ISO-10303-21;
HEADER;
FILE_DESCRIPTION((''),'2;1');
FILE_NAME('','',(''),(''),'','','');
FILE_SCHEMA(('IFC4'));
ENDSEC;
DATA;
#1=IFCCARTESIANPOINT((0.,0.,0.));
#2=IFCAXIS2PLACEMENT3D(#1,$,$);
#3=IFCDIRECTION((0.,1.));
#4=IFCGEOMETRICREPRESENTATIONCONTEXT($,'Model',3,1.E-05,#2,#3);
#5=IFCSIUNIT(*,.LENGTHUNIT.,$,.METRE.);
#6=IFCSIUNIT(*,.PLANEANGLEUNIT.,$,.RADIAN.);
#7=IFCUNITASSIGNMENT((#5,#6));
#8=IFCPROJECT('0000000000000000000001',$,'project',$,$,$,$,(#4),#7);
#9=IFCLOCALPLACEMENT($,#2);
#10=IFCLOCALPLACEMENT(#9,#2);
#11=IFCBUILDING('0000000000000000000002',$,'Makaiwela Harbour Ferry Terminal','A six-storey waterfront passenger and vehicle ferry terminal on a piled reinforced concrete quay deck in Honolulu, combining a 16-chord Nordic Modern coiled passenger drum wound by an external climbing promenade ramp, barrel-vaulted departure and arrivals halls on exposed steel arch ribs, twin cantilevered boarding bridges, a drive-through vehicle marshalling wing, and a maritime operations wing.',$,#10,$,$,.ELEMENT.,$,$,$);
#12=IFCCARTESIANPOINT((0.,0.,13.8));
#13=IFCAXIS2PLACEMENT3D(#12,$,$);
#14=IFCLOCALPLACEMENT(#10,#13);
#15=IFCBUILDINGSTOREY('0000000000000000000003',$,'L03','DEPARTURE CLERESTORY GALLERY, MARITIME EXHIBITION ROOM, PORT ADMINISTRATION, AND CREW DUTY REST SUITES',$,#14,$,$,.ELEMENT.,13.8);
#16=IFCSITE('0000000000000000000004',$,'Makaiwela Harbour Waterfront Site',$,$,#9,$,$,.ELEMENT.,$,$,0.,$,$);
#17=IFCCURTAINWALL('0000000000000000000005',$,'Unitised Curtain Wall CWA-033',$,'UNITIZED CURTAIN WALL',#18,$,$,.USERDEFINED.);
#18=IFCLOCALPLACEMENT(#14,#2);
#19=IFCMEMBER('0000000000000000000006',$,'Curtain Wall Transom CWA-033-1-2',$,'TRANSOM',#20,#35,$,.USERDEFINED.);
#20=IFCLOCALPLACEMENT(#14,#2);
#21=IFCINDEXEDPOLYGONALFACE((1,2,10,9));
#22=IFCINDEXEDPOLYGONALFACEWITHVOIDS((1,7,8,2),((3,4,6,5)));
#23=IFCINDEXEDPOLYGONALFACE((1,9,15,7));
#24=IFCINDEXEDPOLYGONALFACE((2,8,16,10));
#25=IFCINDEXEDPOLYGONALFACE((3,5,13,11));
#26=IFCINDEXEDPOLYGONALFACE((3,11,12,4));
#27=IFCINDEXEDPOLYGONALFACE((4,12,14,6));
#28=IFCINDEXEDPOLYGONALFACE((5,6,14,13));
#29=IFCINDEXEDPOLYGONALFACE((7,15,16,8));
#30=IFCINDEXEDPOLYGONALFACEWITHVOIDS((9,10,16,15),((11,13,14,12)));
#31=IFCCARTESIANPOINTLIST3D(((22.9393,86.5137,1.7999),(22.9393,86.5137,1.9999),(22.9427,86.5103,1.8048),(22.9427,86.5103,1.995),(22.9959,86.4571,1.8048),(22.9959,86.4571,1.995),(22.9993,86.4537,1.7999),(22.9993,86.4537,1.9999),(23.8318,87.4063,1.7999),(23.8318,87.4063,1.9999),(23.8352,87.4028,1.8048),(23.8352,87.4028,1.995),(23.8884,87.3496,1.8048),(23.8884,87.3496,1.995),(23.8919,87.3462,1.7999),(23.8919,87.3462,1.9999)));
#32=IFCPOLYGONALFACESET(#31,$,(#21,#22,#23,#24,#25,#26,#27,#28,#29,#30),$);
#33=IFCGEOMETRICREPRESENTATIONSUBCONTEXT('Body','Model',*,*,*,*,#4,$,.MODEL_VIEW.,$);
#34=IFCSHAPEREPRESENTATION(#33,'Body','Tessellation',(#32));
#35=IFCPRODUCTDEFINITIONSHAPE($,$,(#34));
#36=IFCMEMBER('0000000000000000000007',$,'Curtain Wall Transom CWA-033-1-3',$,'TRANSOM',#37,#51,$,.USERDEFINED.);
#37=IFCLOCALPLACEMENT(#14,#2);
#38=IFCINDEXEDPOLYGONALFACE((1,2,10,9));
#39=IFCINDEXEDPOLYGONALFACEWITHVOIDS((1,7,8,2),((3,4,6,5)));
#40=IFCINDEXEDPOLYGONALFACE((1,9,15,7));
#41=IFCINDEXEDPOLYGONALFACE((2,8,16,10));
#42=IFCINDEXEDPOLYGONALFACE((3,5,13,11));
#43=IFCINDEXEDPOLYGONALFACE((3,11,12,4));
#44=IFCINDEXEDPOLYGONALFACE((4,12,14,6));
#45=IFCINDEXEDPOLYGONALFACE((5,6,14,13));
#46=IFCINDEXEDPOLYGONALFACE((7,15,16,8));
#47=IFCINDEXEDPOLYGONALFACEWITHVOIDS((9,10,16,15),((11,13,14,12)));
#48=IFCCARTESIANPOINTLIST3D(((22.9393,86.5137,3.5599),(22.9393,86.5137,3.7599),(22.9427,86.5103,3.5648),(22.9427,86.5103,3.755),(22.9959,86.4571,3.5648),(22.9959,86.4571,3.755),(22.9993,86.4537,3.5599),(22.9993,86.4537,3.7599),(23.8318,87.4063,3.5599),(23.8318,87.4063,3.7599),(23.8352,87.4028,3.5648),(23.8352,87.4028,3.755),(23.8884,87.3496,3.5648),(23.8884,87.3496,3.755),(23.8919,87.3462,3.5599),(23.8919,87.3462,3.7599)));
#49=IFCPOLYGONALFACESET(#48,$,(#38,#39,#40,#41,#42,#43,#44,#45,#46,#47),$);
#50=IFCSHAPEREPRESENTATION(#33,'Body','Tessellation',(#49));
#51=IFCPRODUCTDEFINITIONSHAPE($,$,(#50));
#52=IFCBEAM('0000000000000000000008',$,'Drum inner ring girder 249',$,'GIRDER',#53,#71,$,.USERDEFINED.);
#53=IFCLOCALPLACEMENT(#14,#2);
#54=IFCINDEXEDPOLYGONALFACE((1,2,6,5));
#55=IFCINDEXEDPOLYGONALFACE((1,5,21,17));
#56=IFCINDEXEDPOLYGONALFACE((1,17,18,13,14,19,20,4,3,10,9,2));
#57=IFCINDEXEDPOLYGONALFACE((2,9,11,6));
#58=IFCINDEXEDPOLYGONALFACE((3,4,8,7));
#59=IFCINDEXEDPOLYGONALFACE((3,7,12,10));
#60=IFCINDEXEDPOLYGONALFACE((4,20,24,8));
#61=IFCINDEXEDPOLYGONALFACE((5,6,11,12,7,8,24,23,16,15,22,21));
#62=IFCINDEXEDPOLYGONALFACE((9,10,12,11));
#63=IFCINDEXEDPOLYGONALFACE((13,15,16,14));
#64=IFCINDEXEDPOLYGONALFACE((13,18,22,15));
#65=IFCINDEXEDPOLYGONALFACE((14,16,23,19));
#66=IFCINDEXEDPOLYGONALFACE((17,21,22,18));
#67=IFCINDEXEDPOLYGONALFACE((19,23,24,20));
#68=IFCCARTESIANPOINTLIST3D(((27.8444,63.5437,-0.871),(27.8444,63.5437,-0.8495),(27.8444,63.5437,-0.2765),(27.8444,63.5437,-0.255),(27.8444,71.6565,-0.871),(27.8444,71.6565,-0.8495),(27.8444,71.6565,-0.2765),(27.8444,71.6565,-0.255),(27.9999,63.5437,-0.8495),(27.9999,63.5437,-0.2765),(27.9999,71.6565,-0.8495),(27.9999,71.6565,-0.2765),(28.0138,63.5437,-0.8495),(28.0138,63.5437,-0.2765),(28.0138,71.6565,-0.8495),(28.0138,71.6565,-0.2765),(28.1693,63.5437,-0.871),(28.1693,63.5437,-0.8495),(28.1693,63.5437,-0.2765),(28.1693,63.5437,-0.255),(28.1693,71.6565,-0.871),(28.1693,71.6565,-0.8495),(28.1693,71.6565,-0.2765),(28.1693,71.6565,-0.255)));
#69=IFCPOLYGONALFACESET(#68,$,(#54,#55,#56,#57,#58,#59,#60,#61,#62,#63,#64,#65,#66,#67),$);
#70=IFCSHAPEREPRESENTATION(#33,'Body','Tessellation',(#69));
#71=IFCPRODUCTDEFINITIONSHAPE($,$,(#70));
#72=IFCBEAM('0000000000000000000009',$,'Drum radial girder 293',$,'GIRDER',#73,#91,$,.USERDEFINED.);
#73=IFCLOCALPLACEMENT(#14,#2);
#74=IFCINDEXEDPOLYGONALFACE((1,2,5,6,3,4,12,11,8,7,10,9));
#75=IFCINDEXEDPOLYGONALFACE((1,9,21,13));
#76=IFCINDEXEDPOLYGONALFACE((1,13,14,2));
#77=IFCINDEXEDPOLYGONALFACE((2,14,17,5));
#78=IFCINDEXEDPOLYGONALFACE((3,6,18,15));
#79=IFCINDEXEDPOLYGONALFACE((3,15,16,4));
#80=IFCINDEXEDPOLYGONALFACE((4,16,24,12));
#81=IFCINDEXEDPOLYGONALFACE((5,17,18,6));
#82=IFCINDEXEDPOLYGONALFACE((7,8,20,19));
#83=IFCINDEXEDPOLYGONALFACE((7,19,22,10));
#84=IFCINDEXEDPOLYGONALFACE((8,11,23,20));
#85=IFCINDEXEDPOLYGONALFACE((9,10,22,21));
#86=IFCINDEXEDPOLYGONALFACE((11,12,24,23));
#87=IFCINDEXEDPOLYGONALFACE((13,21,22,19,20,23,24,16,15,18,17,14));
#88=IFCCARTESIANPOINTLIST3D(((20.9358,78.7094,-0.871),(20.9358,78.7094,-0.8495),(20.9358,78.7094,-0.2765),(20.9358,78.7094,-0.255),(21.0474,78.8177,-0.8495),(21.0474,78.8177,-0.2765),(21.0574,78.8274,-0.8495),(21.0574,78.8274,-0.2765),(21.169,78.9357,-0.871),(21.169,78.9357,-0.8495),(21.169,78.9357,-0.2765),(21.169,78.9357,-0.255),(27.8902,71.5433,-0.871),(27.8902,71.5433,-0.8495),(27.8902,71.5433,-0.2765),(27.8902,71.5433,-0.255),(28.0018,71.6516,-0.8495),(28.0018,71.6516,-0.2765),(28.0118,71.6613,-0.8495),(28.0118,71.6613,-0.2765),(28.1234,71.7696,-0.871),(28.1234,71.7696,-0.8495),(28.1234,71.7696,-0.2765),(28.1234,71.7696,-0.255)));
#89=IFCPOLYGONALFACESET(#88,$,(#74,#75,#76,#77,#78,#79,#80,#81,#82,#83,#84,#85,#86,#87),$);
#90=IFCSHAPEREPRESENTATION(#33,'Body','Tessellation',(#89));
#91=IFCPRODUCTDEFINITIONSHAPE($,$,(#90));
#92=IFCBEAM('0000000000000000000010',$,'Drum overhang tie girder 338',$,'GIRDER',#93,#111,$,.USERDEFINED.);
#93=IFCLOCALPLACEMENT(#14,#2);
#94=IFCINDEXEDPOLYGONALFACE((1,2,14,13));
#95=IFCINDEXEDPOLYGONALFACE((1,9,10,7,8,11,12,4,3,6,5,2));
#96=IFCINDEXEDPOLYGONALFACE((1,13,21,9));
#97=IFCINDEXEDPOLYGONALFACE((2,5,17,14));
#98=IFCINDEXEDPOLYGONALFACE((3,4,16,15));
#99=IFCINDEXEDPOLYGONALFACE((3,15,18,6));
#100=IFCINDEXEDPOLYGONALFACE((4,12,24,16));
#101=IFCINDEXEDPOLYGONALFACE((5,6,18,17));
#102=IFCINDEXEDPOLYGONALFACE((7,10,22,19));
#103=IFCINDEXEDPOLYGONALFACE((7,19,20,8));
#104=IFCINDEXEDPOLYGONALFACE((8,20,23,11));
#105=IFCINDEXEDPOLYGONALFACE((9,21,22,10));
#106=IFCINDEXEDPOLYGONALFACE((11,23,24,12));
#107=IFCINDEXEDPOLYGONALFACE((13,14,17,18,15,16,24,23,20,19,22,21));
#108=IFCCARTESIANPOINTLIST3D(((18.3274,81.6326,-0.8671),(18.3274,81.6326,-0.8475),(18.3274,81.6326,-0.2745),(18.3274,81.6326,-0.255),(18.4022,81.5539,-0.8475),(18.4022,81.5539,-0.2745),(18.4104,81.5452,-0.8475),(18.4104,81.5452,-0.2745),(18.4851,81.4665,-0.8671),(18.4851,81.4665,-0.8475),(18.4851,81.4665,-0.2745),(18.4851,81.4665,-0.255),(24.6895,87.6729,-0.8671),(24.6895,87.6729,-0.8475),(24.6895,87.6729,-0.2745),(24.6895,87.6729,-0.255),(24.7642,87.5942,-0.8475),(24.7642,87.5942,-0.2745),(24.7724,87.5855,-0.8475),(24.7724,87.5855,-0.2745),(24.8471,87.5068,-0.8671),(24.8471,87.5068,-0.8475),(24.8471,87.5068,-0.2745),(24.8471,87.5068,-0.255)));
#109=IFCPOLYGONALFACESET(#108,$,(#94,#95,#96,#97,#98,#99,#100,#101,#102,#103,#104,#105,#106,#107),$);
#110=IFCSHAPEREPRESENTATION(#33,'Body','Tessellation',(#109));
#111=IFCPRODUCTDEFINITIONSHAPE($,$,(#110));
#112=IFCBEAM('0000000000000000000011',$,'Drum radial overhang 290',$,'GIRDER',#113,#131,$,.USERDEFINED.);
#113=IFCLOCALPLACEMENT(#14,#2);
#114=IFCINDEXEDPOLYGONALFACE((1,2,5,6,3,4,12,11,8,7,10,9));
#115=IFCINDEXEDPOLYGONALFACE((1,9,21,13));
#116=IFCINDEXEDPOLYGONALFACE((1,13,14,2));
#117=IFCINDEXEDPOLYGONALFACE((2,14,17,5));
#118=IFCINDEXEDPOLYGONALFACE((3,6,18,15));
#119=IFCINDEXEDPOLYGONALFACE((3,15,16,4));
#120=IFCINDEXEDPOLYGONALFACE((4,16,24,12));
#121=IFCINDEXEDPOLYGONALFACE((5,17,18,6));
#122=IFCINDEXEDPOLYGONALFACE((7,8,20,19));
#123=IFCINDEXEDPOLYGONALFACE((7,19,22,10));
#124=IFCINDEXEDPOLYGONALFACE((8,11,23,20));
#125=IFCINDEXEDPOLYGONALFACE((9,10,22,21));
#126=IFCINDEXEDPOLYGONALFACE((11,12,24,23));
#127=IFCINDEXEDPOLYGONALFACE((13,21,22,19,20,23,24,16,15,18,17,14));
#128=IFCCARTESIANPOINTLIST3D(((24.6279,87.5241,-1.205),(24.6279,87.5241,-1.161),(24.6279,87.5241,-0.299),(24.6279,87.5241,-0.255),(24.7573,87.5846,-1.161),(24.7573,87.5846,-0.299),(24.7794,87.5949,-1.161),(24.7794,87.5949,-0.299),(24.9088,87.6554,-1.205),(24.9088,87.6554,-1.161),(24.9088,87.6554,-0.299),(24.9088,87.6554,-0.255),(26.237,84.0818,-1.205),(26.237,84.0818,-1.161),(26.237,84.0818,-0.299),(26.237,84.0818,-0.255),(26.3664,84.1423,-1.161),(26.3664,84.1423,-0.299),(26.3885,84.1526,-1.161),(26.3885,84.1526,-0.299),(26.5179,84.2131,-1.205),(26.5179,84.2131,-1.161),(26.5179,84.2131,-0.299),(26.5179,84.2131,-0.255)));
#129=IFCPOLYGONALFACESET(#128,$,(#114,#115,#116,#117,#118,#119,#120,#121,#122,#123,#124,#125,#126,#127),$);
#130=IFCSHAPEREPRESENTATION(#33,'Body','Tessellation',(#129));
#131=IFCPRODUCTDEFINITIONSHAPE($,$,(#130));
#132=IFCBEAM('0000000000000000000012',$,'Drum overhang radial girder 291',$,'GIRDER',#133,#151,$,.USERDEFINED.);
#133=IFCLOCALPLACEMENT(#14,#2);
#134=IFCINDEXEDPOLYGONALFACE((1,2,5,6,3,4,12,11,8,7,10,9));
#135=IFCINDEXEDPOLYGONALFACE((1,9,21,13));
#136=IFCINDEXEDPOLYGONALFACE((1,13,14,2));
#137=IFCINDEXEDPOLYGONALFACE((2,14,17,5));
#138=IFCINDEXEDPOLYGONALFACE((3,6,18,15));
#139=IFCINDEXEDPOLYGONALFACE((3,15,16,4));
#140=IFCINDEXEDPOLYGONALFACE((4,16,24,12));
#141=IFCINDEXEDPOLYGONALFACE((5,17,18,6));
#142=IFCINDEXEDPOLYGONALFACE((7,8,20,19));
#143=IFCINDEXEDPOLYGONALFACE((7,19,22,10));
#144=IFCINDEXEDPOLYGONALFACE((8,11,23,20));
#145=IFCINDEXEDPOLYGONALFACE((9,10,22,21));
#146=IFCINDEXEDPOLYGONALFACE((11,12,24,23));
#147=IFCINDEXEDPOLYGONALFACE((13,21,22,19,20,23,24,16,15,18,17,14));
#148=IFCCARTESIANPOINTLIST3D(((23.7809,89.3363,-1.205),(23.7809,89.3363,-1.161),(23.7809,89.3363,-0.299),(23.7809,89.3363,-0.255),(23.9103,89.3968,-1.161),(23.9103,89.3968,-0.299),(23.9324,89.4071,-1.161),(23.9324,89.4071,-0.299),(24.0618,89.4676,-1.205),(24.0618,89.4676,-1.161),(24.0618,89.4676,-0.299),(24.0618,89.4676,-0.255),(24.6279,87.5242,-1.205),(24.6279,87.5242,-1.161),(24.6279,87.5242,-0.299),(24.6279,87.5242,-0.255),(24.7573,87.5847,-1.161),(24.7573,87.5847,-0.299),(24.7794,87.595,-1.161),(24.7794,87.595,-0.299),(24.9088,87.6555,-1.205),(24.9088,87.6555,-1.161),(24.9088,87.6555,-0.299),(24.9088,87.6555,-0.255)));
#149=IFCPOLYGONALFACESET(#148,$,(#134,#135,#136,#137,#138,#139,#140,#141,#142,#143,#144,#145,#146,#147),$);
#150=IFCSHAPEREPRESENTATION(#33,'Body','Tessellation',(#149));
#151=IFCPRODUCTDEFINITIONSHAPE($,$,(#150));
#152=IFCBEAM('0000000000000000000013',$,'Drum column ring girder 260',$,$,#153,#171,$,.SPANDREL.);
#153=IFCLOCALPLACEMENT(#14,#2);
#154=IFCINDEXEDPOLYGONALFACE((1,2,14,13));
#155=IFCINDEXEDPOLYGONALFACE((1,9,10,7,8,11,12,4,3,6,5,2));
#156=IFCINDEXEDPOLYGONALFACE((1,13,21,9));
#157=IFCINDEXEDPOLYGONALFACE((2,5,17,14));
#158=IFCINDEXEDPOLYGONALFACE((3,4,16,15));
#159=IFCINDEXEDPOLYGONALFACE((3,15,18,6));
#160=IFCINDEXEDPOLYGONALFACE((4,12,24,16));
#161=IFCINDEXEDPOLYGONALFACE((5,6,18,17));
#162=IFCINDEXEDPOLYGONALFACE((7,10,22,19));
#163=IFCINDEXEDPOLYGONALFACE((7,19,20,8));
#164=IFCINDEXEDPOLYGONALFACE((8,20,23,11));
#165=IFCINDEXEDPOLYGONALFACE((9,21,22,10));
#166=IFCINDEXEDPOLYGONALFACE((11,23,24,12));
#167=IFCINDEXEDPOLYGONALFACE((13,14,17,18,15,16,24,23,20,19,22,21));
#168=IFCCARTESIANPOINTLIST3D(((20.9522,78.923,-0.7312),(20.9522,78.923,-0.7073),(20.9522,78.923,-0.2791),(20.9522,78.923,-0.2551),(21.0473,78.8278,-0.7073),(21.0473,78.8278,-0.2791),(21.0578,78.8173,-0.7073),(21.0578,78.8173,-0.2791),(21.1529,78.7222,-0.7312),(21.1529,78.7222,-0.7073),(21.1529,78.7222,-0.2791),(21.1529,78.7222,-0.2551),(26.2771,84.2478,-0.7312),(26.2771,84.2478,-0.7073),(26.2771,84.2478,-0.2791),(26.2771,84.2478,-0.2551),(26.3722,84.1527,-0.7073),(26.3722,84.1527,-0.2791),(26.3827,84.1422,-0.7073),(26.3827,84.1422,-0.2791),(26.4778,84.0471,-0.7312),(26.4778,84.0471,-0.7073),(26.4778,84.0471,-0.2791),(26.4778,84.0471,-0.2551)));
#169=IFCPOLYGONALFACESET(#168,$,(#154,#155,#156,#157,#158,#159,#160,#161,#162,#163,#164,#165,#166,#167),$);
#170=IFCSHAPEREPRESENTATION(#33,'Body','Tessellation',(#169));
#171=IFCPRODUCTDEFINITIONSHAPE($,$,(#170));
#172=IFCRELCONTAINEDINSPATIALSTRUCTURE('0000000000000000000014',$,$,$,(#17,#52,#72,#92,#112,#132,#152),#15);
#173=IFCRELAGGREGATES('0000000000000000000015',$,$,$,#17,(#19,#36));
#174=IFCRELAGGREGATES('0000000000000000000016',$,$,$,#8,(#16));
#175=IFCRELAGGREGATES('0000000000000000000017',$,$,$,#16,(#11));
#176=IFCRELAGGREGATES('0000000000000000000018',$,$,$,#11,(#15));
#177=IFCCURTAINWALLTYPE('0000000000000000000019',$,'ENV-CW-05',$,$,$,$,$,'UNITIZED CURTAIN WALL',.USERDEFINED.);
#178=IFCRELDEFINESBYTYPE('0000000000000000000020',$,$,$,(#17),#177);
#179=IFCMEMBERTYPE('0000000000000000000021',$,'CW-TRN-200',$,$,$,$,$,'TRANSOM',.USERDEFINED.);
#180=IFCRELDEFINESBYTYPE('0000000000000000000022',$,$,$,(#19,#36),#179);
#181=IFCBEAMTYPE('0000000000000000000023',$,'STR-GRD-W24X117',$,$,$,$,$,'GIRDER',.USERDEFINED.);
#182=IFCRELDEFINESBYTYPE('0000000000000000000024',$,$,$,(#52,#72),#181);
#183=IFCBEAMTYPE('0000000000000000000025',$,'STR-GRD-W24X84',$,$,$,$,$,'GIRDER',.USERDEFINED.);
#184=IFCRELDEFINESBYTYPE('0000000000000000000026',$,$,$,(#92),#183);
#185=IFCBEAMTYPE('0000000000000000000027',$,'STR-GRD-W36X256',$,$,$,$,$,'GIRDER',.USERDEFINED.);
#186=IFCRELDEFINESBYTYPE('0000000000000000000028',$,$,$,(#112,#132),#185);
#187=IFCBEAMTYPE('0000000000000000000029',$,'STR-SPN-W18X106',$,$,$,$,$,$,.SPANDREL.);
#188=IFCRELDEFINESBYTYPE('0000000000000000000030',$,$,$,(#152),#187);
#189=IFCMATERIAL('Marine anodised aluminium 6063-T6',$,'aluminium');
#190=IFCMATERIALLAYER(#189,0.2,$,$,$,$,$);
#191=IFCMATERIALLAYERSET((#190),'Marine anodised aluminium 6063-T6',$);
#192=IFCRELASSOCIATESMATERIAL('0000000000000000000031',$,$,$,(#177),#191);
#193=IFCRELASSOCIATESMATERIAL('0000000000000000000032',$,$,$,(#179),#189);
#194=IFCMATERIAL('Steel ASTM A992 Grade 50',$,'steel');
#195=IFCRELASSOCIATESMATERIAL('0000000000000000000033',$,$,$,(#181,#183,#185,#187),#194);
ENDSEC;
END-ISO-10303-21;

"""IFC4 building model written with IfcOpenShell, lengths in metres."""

from ifc_helpers import new_model, si_unit, direction, frame, origin, origin_2d, place, context, subcontext, project, spatial, hollow_rectangle, i_section, extrude, material, layer, layer_set, material_profile, profile_set, type_object, element, aggregate, save


model = new_model("IFC4")

# Units and contexts
model_context = context("Model", 3, precision=1e-05, world=origin(), true_north=direction((0.0, 1.0)))
body_context = subcontext(model_context, "Body", "Model", "MODEL_VIEW")
ifc_project = project(units=[si_unit("LENGTHUNIT", "METRE"), si_unit("PLANEANGLEUNIT", "RADIAN")], contexts=[model_context])

# Site, building, storey
site_placement = place(None, origin())
site = spatial("IfcSite", under=ifc_project, at=site_placement, Name="Makaiwela Harbour Waterfront Site", CompositionType="ELEMENT", RefElevation=0.0)
building_placement = place(site_placement, origin())
building = spatial("IfcBuilding", under=site, at=building_placement, Name="Makaiwela Harbour Ferry Terminal", Description="A six-storey waterfront passenger and vehicle ferry terminal on a piled reinforced concrete quay deck in Honolulu, combining a 16-chord Nordic Modern coiled passenger drum wound by an external climbing promenade ramp, barrel-vaulted departure and arrivals halls on exposed steel arch ribs, twin cantilevered boarding bridges, a drive-through vehicle marshalling wing, and a maritime operations wing.", CompositionType="ELEMENT")
storey_placement = place(building_placement, frame((0.0, 0.0, 13.8)))
storey = spatial("IfcBuildingStorey", under=building, at=storey_placement, Name="L03", Description="DEPARTURE CLERESTORY GALLERY, MARITIME EXHIBITION ROOM, PORT ADMINISTRATION, AND CREW DUTY REST SUITES", CompositionType="ELEMENT", Elevation=13.8)

# Shared definitions
ifc_material_1 = material(Name="Steel ASTM A992 Grade 50", Category="steel")

# Shared definitions
ifc_material_2 = material(Name="Marine anodised aluminium 6063-T6", Category="aluminium")
ifc_layer_1 = layer(ifc_material_2, 0.2)
ifc_layer_set_1 = layer_set([ifc_layer_1], Name="Marine anodised aluminium 6063-T6")
curtain_wall_type = type_object("IfcCurtainWallType", Name="ENV-CW-05", ElementType="UNITIZED CURTAIN WALL", PredefinedType="USERDEFINED", material=ifc_layer_set_1)

# Curtain wall
curtain_wall_1_placement = place(storey_placement, origin())
curtain_wall_1 = element("IfcCurtainWall", 1, at=curtain_wall_1_placement, inside=storey, type_object=curtain_wall_type, Name="Unitised Curtain Wall CWA-033", ObjectType="UNITIZED CURTAIN WALL", PredefinedType="USERDEFINED")

# Members
ifc_material_profile_1 = material_profile(ifc_material_2, hollow_rectangle(XDim=0.085, YDim=0.2, WallThickness=0.0049, at=origin_2d()), Name="CWT-200X85")
ifc_profile_set_1 = profile_set([ifc_material_profile_1], Name="Marine anodised aluminium 6063-T6")
member_type_1 = type_object("IfcMemberType", Name="CW-TRN-200", ElementType="TRANSOM", PredefinedType="USERDEFINED", material=ifc_profile_set_1)
member_1_placement = place(storey_placement, frame((23.8618, 87.3762, 1.8999), z_axis=(-0.707107, -0.707107, 0.0), x_axis=(0.707107, -0.707107, 0.0)))
member_1 = element("IfcMember", 2, at=member_1_placement, type_object=member_type_1, Name="Curtain Wall Transom CWA-033-1-2", ObjectType="TRANSOM", PredefinedType="USERDEFINED", context=body_context, shape_type="SweptSolid", body=[
    extrude(hollow_rectangle(XDim=0.085, YDim=0.2, WallThickness=0.0049, at=origin_2d()), origin(), (0.0, 0.0, 1.0), 1.2622),
])
member_2_placement = place(storey_placement, frame((23.8618, 87.3762, 3.6599), z_axis=(-0.707107, -0.707107, 0.0), x_axis=(0.707107, -0.707107, 0.0)))
member_2 = element("IfcMember", 3, at=member_2_placement, type_object=member_type_1, Name="Curtain Wall Transom CWA-033-1-3", ObjectType="TRANSOM", PredefinedType="USERDEFINED", context=body_context, shape_type="SweptSolid", body=[
    extrude(hollow_rectangle(XDim=0.085, YDim=0.2, WallThickness=0.0049, at=origin_2d()), origin(), (0.0, 0.0, 1.0), 1.2622),
])
aggregate(curtain_wall_1, [member_1, member_2])

# Beams
ifc_material_profile_2 = material_profile(ifc_material_1, i_section(OverallWidth=0.325, OverallDepth=0.616, WebThickness=0.0139, FlangeThickness=0.0215, at=origin_2d()), Name="W24X117")
ifc_profile_set_2 = profile_set([ifc_material_profile_2], Name="Steel ASTM A992 Grade 50")
beam_type_1 = type_object("IfcBeamType", Name="STR-GRD-W24X117", ElementType="GIRDER", PredefinedType="USERDEFINED", material=ifc_profile_set_2)
beam_1_placement = place(storey_placement, frame((28.0068, 71.6565, -0.563), z_axis=(0.0, -1.0, 0.0), x_axis=(1.0, 0.0, 0.0)))
element("IfcBeam", 4, at=beam_1_placement, inside=storey, type_object=beam_type_1, Name="Drum inner ring girder 249", ObjectType="GIRDER", PredefinedType="USERDEFINED", context=body_context, shape_type="SweptSolid", body=[
    extrude(i_section(OverallWidth=0.325, OverallDepth=0.616, WebThickness=0.0139, FlangeThickness=0.0215, at=origin_2d()), origin(), (0.0, 0.0, 1.0), 8.1128),
])
beam_2_placement = place(storey_placement, frame((28.0068, 71.6565, -0.563), z_axis=(-0.696429, 0.717626, 0.0), x_axis=(-0.717626, -0.696429, 0.0)))
element("IfcBeam", 5, at=beam_2_placement, inside=storey, type_object=beam_type_1, Name="Drum radial girder 293", ObjectType="GIRDER", PredefinedType="USERDEFINED", context=body_context, shape_type="SweptSolid", body=[
    extrude(i_section(OverallWidth=0.325, OverallDepth=0.616, WebThickness=0.0139, FlangeThickness=0.0215, at=origin_2d()), origin(), (0.0, 0.0, 1.0), 9.9858),
])
ifc_material_profile_3 = material_profile(ifc_material_1, i_section(OverallWidth=0.229, OverallDepth=0.6121, WebThickness=0.012, FlangeThickness=0.0195, at=origin_2d()), Name="W24X84")
ifc_profile_set_3 = profile_set([ifc_material_profile_3], Name="Steel ASTM A992 Grade 50")
beam_type_2 = type_object("IfcBeamType", Name="STR-GRD-W24X84", ElementType="GIRDER", PredefinedType="USERDEFINED", material=ifc_profile_set_3)
beam_3_placement = place(storey_placement, frame((24.7683, 87.5898, -0.561), z_axis=(-0.725209, -0.688529, 0.0), x_axis=(0.688529, -0.725209, 0.0)))
element("IfcBeam", 6, at=beam_3_placement, inside=storey, type_object=beam_type_2, Name="Drum overhang tie girder 338", ObjectType="GIRDER", PredefinedType="USERDEFINED", context=body_context, shape_type="SweptSolid", body=[
    extrude(i_section(OverallWidth=0.229, OverallDepth=0.6121, WebThickness=0.012, FlangeThickness=0.0195, at=origin_2d()), origin(), (0.0, 0.0, 1.0), 8.7727),
])
ifc_material_profile_4 = material_profile(ifc_material_1, i_section(OverallWidth=0.3101, OverallDepth=0.95, WebThickness=0.0244, FlangeThickness=0.0439, at=origin_2d()), Name="W36X256")
ifc_profile_set_4 = profile_set([ifc_material_profile_4], Name="Steel ASTM A992 Grade 50")
beam_type_3 = type_object("IfcBeamType", Name="STR-GRD-W36X256", ElementType="GIRDER", PredefinedType="USERDEFINED", material=ifc_profile_set_4)
beam_4_placement = place(storey_placement, frame((26.3774, 84.1475, -0.73), z_axis=(-0.423466, 0.905912, 0.0), x_axis=(-0.905912, -0.423466, 0.0)))
element("IfcBeam", 7, at=beam_4_placement, inside=storey, type_object=beam_type_3, Name="Drum radial overhang 290", ObjectType="GIRDER", PredefinedType="USERDEFINED", context=body_context, shape_type="SweptSolid", body=[
    extrude(i_section(OverallWidth=0.3101, OverallDepth=0.95, WebThickness=0.0244, FlangeThickness=0.0439, at=origin_2d()), origin(), (0.0, 0.0, 1.0), 3.7998),
])
beam_5_placement = place(storey_placement, frame((24.7683, 87.5898, -0.73), z_axis=(-0.423427, 0.90593, 0.0), x_axis=(-0.90593, -0.423427, 0.0)))
element("IfcBeam", 8, at=beam_5_placement, inside=storey, type_object=beam_type_3, Name="Drum overhang radial girder 291", ObjectType="GIRDER", PredefinedType="USERDEFINED", context=body_context, shape_type="SweptSolid", body=[
    extrude(i_section(OverallWidth=0.3101, OverallDepth=0.95, WebThickness=0.0244, FlangeThickness=0.0439, at=origin_2d()), origin(), (0.0, 0.0, 1.0), 2.0002),
])
ifc_material_profile_5 = material_profile(ifc_material_1, i_section(OverallWidth=0.2839, OverallDepth=0.4761, WebThickness=0.0149, FlangeThickness=0.0239, at=origin_2d()), Name="W18X106")
ifc_profile_set_5 = profile_set([ifc_material_profile_5], Name="Steel ASTM A992 Grade 50")
beam_type_4 = type_object("IfcBeamType", Name="STR-SPN-W18X106", PredefinedType="SPANDREL", material=ifc_profile_set_5)
beam_6_placement = place(storey_placement, frame((26.3774, 84.1475, -0.4932), z_axis=(-0.707107, -0.707107, 0.0), x_axis=(0.707107, -0.707107, 0.0)))
element("IfcBeam", 9, at=beam_6_placement, inside=storey, type_object=beam_type_4, Name="Drum column ring girder 260", PredefinedType="SPANDREL", context=body_context, shape_type="SweptSolid", body=[
    extrude(i_section(OverallWidth=0.2839, OverallDepth=0.4761, WebThickness=0.0149, FlangeThickness=0.0239, at=origin_2d()), origin(), (0.0, 0.0, 1.0), 7.5305),
])

save(model, "model.ifc")
